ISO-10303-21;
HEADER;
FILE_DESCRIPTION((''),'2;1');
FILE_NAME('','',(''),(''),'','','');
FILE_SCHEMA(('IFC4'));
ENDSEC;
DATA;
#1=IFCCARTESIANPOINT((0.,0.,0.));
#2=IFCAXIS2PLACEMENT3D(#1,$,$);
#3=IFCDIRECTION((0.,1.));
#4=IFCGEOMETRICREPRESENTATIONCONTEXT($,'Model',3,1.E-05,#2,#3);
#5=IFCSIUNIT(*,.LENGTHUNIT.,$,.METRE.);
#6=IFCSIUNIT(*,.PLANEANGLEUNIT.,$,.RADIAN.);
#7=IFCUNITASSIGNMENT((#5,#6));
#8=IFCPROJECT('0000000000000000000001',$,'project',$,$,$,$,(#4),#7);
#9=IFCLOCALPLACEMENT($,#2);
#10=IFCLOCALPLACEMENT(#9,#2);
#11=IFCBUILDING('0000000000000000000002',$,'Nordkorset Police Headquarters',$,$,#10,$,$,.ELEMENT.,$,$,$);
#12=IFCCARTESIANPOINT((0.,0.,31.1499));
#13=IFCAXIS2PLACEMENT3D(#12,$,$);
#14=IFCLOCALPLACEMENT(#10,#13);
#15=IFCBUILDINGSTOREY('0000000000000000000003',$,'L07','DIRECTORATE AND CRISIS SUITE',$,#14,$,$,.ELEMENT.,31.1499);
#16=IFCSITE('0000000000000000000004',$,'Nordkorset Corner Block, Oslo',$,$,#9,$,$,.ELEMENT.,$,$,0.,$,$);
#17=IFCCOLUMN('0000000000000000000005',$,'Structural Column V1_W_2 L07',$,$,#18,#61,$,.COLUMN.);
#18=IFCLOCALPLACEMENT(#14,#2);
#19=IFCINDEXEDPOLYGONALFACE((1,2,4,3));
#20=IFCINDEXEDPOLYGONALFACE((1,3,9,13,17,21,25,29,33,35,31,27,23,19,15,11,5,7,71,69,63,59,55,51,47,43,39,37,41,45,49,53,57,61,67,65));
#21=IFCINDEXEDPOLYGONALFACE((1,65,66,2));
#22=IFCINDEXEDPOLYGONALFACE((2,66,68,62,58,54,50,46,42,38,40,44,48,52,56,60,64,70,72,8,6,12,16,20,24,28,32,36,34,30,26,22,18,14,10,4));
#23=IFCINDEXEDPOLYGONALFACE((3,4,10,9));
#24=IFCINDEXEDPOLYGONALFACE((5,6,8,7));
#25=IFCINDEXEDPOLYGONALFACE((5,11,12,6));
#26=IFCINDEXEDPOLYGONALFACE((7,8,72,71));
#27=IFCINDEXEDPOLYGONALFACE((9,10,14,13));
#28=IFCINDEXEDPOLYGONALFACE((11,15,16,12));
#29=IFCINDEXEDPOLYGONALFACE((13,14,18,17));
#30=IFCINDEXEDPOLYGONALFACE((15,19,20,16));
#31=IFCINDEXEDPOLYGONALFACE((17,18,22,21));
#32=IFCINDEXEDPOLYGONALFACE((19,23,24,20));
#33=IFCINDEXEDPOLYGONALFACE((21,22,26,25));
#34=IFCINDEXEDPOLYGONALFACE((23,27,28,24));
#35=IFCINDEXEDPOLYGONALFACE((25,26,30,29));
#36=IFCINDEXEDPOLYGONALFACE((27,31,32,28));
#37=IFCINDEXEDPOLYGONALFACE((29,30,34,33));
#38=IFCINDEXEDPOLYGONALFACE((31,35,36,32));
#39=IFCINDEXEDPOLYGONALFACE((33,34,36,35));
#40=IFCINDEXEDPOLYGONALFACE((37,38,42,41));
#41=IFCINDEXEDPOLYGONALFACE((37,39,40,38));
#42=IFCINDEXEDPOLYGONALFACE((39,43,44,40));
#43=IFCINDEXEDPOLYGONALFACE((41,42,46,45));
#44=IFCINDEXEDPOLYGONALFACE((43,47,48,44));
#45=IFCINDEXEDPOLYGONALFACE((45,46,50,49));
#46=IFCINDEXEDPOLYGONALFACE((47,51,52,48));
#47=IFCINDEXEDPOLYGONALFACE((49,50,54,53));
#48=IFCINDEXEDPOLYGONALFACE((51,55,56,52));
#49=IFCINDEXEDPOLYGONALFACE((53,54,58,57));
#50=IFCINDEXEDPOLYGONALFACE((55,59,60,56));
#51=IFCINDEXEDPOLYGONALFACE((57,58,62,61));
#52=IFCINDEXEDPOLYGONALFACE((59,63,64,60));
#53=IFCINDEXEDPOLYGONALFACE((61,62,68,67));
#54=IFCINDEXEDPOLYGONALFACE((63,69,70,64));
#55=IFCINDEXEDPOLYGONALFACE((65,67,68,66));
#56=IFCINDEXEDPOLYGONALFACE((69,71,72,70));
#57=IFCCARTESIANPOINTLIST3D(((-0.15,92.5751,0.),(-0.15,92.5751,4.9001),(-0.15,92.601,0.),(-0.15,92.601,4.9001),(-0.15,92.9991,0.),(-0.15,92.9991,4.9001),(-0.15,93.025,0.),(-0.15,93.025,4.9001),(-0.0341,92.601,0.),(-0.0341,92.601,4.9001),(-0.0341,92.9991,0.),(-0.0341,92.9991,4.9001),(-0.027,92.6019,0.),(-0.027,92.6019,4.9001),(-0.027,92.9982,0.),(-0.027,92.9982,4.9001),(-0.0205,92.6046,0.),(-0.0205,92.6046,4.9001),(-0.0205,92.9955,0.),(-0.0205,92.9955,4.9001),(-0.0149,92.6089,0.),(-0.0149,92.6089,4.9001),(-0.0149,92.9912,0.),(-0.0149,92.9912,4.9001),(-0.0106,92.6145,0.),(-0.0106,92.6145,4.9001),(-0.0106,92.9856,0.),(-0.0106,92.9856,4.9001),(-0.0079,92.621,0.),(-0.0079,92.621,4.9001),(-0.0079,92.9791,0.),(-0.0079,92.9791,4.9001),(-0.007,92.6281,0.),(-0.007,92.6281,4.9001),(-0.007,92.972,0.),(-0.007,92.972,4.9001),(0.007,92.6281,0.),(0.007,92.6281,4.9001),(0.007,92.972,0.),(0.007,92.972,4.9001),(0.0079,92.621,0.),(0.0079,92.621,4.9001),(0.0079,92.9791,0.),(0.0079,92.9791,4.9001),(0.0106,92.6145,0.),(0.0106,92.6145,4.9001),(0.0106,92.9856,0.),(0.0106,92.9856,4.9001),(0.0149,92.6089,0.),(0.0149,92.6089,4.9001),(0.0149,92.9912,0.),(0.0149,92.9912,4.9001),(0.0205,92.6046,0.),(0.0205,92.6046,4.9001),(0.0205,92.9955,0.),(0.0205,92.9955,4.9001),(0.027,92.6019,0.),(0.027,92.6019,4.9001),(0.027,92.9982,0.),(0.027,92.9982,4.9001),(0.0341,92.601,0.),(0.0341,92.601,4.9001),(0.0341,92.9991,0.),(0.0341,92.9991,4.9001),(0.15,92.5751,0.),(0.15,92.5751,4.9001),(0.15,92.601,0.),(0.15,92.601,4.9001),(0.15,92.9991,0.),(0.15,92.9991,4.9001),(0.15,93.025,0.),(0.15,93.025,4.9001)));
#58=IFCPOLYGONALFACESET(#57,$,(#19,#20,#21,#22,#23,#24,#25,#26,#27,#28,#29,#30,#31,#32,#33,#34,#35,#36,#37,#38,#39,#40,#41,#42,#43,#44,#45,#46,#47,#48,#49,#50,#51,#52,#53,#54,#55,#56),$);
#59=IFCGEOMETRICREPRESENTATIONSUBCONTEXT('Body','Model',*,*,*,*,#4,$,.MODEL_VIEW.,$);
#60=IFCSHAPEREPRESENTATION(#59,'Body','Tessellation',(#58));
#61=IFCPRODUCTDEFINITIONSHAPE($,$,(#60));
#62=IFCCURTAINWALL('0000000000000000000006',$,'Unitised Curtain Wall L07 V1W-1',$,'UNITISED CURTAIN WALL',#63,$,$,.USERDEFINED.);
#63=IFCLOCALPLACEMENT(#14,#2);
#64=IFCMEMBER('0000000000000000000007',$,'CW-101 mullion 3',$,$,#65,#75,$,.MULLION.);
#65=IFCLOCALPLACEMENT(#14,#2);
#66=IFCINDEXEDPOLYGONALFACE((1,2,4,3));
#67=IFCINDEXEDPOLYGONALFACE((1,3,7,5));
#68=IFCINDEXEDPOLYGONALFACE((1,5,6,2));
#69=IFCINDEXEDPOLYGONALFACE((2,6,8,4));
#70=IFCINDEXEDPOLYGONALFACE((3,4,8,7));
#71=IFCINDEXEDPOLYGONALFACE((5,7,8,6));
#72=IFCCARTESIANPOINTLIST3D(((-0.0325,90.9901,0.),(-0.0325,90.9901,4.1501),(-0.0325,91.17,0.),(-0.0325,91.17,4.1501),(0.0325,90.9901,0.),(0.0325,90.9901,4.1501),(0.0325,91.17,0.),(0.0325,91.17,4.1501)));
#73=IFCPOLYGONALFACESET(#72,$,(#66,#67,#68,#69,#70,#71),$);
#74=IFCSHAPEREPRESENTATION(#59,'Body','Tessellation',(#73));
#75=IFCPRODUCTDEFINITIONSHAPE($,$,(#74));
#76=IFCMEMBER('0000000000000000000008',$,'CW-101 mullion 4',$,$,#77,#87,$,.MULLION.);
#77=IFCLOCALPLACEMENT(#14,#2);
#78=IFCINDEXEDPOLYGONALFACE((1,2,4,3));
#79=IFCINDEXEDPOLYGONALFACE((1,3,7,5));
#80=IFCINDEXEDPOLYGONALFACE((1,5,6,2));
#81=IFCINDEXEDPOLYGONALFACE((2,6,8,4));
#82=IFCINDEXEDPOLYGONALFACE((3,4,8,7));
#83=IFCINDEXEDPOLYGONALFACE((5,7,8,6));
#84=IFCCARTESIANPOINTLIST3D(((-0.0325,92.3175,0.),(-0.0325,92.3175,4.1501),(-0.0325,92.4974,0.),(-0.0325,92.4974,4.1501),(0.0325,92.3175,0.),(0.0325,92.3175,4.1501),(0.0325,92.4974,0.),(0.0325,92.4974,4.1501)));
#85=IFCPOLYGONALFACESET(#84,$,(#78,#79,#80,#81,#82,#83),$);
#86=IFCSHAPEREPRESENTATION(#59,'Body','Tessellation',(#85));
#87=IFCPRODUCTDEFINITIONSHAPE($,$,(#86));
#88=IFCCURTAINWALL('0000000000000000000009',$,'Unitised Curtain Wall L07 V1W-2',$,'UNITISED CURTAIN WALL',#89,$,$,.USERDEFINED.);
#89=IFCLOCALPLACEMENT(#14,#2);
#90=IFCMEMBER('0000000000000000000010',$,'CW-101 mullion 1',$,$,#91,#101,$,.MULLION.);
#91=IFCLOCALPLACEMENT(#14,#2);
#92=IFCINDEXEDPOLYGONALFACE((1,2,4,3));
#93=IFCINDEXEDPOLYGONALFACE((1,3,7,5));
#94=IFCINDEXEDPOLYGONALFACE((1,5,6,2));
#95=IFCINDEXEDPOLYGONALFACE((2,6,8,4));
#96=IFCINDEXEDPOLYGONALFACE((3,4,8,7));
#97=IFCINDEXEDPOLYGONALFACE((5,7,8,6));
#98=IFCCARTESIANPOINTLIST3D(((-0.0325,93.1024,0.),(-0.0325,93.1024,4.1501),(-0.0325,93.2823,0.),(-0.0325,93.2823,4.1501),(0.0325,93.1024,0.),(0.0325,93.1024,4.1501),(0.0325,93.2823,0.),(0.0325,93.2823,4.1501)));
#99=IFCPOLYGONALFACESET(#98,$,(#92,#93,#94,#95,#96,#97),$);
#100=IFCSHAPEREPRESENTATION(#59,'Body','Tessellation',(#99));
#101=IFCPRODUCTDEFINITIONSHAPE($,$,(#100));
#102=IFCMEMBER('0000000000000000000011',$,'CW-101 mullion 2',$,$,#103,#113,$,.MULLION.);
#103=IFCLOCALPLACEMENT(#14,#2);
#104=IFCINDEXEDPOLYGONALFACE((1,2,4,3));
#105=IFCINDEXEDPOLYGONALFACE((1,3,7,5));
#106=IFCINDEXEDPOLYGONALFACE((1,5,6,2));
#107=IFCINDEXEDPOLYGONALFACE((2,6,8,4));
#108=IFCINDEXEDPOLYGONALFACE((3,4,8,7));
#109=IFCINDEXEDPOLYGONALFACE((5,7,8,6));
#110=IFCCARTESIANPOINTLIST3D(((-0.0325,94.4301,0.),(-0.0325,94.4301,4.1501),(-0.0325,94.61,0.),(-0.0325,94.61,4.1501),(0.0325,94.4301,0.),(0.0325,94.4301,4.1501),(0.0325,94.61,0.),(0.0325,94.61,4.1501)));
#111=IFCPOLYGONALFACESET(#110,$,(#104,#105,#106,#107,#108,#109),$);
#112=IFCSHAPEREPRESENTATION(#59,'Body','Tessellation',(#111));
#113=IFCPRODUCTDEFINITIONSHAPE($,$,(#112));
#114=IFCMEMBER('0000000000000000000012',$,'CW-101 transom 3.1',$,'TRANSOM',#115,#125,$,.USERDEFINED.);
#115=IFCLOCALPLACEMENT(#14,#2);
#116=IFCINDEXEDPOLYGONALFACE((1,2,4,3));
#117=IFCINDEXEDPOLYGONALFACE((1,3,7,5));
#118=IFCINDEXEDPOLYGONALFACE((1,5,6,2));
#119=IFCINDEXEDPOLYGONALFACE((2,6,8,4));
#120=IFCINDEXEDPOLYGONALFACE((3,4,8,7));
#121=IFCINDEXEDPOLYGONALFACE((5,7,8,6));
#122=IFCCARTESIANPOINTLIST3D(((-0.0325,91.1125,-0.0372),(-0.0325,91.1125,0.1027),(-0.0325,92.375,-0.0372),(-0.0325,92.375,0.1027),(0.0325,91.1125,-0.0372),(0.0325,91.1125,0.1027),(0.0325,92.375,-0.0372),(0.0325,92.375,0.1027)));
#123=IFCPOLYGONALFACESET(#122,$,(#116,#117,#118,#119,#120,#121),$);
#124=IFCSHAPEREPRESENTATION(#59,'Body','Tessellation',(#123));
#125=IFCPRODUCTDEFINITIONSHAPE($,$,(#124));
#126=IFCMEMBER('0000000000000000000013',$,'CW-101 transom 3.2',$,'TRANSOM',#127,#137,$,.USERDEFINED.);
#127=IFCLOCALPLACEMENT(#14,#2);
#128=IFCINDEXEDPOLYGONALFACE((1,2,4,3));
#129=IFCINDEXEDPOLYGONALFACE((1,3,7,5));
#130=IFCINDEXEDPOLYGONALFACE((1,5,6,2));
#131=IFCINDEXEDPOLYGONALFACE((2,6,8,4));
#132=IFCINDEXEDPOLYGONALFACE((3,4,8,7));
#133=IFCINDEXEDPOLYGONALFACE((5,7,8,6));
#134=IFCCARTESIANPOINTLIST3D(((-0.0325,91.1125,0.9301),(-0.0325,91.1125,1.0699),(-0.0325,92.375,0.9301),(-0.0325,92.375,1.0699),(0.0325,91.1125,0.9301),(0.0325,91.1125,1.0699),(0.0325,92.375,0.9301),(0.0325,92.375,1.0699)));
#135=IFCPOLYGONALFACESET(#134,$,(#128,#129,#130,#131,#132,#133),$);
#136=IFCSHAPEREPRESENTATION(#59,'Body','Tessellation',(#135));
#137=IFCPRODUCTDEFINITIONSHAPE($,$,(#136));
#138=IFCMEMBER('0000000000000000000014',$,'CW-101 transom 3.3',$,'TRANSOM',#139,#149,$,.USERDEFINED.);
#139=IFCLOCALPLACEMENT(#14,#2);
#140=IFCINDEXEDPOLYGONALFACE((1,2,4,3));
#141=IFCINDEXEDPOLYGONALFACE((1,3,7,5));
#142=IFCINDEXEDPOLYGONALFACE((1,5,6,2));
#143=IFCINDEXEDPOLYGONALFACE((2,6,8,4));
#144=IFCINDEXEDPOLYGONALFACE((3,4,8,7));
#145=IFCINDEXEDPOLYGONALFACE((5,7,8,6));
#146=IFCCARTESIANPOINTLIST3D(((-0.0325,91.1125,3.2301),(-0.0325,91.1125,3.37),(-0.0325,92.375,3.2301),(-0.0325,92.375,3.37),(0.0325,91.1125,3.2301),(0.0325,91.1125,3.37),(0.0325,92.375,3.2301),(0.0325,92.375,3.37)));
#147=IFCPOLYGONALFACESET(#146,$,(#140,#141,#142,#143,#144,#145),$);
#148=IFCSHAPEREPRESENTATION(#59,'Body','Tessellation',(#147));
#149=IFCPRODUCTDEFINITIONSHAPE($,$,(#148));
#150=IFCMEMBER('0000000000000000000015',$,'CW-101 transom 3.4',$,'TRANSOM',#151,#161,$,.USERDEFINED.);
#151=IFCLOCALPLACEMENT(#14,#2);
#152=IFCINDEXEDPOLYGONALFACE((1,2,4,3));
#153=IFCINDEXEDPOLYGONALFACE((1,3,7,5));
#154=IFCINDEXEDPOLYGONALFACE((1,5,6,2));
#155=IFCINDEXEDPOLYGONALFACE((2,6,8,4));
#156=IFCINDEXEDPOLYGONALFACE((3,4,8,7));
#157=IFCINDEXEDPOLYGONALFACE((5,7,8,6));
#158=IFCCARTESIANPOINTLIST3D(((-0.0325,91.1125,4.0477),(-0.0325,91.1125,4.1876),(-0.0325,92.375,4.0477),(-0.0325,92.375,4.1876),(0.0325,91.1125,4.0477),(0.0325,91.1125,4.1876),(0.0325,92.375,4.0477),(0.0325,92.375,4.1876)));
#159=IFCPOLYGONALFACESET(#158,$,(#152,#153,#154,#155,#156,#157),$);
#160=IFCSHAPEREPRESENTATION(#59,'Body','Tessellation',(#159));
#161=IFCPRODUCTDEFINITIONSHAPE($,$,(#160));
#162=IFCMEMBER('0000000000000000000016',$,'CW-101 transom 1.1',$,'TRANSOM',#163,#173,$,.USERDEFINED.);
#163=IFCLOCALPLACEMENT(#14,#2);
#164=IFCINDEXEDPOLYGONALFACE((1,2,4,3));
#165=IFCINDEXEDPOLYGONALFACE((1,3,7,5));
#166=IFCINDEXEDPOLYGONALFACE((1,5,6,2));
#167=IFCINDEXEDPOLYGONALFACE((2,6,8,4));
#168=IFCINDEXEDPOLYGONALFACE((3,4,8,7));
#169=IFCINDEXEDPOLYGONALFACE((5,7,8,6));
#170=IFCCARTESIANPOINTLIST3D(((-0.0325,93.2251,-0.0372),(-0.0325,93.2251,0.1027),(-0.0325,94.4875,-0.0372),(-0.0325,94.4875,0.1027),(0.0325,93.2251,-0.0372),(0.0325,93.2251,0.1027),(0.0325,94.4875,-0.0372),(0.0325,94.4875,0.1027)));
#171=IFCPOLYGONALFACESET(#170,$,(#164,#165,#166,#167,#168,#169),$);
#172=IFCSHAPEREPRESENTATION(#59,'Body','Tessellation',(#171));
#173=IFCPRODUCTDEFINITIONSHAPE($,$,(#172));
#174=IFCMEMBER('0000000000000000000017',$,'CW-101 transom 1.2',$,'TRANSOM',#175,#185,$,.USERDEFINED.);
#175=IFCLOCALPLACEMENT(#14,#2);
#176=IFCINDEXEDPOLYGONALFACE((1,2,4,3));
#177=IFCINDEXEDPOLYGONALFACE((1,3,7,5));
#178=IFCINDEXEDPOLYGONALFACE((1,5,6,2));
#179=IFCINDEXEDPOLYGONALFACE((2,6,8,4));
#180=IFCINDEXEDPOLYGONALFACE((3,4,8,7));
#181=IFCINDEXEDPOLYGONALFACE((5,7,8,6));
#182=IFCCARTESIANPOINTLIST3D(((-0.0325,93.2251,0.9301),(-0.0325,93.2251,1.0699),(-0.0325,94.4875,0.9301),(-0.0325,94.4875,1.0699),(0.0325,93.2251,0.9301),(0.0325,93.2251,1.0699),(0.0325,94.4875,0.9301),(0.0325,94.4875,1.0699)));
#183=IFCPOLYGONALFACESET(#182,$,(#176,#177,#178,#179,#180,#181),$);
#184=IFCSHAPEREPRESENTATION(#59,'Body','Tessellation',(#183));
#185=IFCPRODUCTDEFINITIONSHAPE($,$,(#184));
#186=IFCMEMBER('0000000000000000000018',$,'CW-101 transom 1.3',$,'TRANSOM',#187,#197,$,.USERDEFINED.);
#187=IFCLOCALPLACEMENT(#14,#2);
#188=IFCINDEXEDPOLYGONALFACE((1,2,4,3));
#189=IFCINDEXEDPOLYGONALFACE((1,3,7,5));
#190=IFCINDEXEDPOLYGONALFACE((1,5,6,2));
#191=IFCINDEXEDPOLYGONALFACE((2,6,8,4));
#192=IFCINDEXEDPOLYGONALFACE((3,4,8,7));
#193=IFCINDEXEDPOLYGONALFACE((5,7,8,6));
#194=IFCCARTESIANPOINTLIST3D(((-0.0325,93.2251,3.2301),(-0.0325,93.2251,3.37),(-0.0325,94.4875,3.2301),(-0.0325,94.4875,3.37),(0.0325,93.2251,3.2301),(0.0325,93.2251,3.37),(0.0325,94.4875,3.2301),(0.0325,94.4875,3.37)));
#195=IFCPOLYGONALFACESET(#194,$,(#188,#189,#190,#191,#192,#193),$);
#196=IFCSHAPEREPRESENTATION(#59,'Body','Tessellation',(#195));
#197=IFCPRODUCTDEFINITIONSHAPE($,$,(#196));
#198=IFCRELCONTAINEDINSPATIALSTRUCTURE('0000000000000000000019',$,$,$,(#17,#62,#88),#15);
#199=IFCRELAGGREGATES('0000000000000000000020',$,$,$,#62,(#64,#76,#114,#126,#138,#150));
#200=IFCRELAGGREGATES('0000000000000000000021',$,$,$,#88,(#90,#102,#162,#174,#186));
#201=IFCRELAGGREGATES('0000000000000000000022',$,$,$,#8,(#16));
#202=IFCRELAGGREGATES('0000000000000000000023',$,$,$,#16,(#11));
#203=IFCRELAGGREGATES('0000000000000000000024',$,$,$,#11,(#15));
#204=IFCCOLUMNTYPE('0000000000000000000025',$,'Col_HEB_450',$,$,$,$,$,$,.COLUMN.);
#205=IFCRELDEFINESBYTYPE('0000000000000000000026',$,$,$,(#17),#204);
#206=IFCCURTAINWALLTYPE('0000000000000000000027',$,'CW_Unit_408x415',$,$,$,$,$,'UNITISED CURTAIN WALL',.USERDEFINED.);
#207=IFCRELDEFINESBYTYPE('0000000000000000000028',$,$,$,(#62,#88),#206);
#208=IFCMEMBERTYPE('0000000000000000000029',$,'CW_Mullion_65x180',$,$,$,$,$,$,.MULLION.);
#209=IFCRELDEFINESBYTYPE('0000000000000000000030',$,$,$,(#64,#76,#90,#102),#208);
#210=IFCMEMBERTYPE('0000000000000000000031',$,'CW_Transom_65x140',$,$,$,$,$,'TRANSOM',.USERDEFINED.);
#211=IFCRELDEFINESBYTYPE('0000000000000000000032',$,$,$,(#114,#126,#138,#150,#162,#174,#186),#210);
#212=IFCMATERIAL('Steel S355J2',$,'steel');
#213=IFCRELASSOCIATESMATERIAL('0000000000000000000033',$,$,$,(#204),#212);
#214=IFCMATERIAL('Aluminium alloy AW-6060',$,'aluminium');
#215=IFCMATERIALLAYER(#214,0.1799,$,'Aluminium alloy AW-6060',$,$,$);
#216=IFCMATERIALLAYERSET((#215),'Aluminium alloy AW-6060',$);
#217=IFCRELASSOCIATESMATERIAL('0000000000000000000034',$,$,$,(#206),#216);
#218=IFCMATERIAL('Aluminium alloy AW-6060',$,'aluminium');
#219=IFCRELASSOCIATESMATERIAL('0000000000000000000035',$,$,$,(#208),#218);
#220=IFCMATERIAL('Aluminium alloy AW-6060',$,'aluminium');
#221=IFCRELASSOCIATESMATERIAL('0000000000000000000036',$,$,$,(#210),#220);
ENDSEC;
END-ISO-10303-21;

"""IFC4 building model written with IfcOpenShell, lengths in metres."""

from ifc_helpers import new_model, si_unit, direction, frame, origin, origin_2d, place, context, subcontext, project, spatial, rectangle, i_section, extrude, material, layer, layer_set, material_profile, profile_set, type_object, element, aggregate, save


model = new_model("IFC4")

# Units and contexts
model_context = context("Model", 3, precision=1e-05, world=origin(), true_north=direction((0.0, 1.0)))
body_context = subcontext(model_context, "Body", "Model", "MODEL_VIEW")
ifc_project = project(units=[si_unit("LENGTHUNIT", "METRE"), si_unit("PLANEANGLEUNIT", "RADIAN")], contexts=[model_context])

# Site, building, storey
site_placement = place(None, origin())
site = spatial("IfcSite", under=ifc_project, at=site_placement, Name="Nordkorset Corner Block, Oslo", CompositionType="ELEMENT", RefElevation=0.0)
building_placement = place(site_placement, origin())
building = spatial("IfcBuilding", under=site, at=building_placement, Name="Nordkorset Police Headquarters", CompositionType="ELEMENT")
storey_placement = place(building_placement, frame((0.0, 0.0, 31.1499)))
storey = spatial("IfcBuildingStorey", under=building, at=storey_placement, Name="L07", Description="DIRECTORATE AND CRISIS SUITE", CompositionType="ELEMENT", Elevation=31.1499)

# Column
ifc_material_1 = material(Name="Steel S355J2", Category="steel")
ifc_material_profile_1 = material_profile(ifc_material_1, i_section(OverallWidth=0.3, OverallDepth=0.45, WebThickness=0.0139, FlangeThickness=0.0259, FilletRadius=0.0271, at=origin_2d()), Name="HEB 450")
ifc_profile_set_1 = profile_set([ifc_material_profile_1], Name="Steel S355J2")
column_type = type_object("IfcColumnType", Name="Col_HEB_450", PredefinedType="COLUMN", material=ifc_profile_set_1)
column_placement = place(storey_placement, frame((0.0, 92.8, 0.0), z_axis=(0.0, 0.0, 1.0), x_axis=(1.0, 0.0, 0.0)))
element("IfcColumn", 1, at=column_placement, inside=storey, type_object=column_type, Name="Structural Column V1_W_2 L07", PredefinedType="COLUMN", context=body_context, shape_type="SweptSolid", body=[
    extrude(i_section(OverallWidth=0.3, OverallDepth=0.45, WebThickness=0.0139, FlangeThickness=0.0259, FilletRadius=0.0271, at=origin_2d()), origin(), (0.0, 0.0, 1.0), 4.9001),
])

# Curtain walls, members
ifc_material_2 = material(Name="Aluminium alloy AW-6060", Category="aluminium")
ifc_layer_1 = layer(ifc_material_2, 0.1799, Name="Aluminium alloy AW-6060")
ifc_layer_set_1 = layer_set([ifc_layer_1], Name="Aluminium alloy AW-6060")
curtain_wall_type = type_object("IfcCurtainWallType", Name="CW_Unit_408x415", ElementType="UNITISED CURTAIN WALL", PredefinedType="USERDEFINED", material=ifc_layer_set_1)
curtain_wall_1_placement = place(storey_placement, origin())
curtain_wall_1 = element("IfcCurtainWall", 2, at=curtain_wall_1_placement, inside=storey, type_object=curtain_wall_type, Name="Unitised Curtain Wall L07 V1W-1", ObjectType="UNITISED CURTAIN WALL", PredefinedType="USERDEFINED")
ifc_material_3 = material(Name="Aluminium alloy AW-6060", Category="aluminium")
ifc_material_profile_2 = material_profile(ifc_material_3, rectangle(XDim=0.0649, YDim=0.1799, at=origin_2d()), Name="ALU MULL 65x180")
ifc_profile_set_2 = profile_set([ifc_material_profile_2], Name="Aluminium alloy AW-6060")
member_type_1 = type_object("IfcMemberType", Name="CW_Mullion_65x180", PredefinedType="MULLION", material=ifc_profile_set_2)
member_1_placement = place(storey_placement, frame((0.0, 91.0801, 0.0), z_axis=(0.0, 0.0, 1.0), x_axis=(-1.0, 0.0, 0.0)))
member_1 = element("IfcMember", 3, at=member_1_placement, type_object=member_type_1, Name="CW-101 mullion 3", PredefinedType="MULLION", context=body_context, shape_type="SweptSolid", body=[
    extrude(rectangle(XDim=0.0649, YDim=0.1799, at=origin_2d()), origin(), (0.0, 0.0, 1.0), 4.1501),
])
member_2_placement = place(storey_placement, frame((0.0, 92.4075, 0.0), z_axis=(0.0, 0.0, 1.0), x_axis=(-1.0, 0.0, 0.0)))
member_2 = element("IfcMember", 4, at=member_2_placement, type_object=member_type_1, Name="CW-101 mullion 4", PredefinedType="MULLION", context=body_context, shape_type="SweptSolid", body=[
    extrude(rectangle(XDim=0.0649, YDim=0.1799, at=origin_2d()), origin(), (0.0, 0.0, 1.0), 4.1501),
])
curtain_wall_2_placement = place(storey_placement, origin())
curtain_wall_2 = element("IfcCurtainWall", 5, at=curtain_wall_2_placement, inside=storey, type_object=curtain_wall_type, Name="Unitised Curtain Wall L07 V1W-2", ObjectType="UNITISED CURTAIN WALL", PredefinedType="USERDEFINED")
member_3_placement = place(storey_placement, frame((0.0, 93.1924, 0.0), z_axis=(0.0, 0.0, 1.0), x_axis=(-1.0, 0.0, 0.0)))
member_3 = element("IfcMember", 6, at=member_3_placement, type_object=member_type_1, Name="CW-101 mullion 1", PredefinedType="MULLION", context=body_context, shape_type="SweptSolid", body=[
    extrude(rectangle(XDim=0.0649, YDim=0.1799, at=origin_2d()), origin(), (0.0, 0.0, 1.0), 4.1501),
])
member_4_placement = place(storey_placement, frame((0.0, 94.52, 0.0), z_axis=(0.0, 0.0, 1.0), x_axis=(-1.0, 0.0, 0.0)))
member_4 = element("IfcMember", 7, at=member_4_placement, type_object=member_type_1, Name="CW-101 mullion 2", PredefinedType="MULLION", context=body_context, shape_type="SweptSolid", body=[
    extrude(rectangle(XDim=0.0649, YDim=0.1799, at=origin_2d()), origin(), (0.0, 0.0, 1.0), 4.1501),
])

# Members
ifc_material_4 = material(Name="Aluminium alloy AW-6060", Category="aluminium")
ifc_material_profile_3 = material_profile(ifc_material_4, rectangle(XDim=0.0649, YDim=0.1399, at=origin_2d()), Name="ALU TRAN 65x140")
ifc_profile_set_3 = profile_set([ifc_material_profile_3], Name="Aluminium alloy AW-6060")
member_type_2 = type_object("IfcMemberType", Name="CW_Transom_65x140", ElementType="TRANSOM", PredefinedType="USERDEFINED", material=ifc_profile_set_3)
member_5_placement = place(storey_placement, frame((0.0, 91.1125, 0.0327), z_axis=(0.0, 1.0, 0.0), x_axis=(-1.0, 0.0, 0.0)))
member_5 = element("IfcMember", 8, at=member_5_placement, type_object=member_type_2, Name="CW-101 transom 3.1", ObjectType="TRANSOM", PredefinedType="USERDEFINED", context=body_context, shape_type="SweptSolid", body=[
    extrude(rectangle(XDim=0.0649, YDim=0.1399, at=origin_2d()), origin(), (0.0, 0.0, 1.0), 1.2625),
])
member_6_placement = place(storey_placement, frame((0.0, 91.1125, 1.0), z_axis=(0.0, 1.0, 0.0), x_axis=(-1.0, 0.0, 0.0)))
member_6 = element("IfcMember", 9, at=member_6_placement, type_object=member_type_2, Name="CW-101 transom 3.2", ObjectType="TRANSOM", PredefinedType="USERDEFINED", context=body_context, shape_type="SweptSolid", body=[
    extrude(rectangle(XDim=0.0649, YDim=0.1399, at=origin_2d()), origin(), (0.0, 0.0, 1.0), 1.2625),
])
member_7_placement = place(storey_placement, frame((0.0, 91.1125, 3.3), z_axis=(0.0, 1.0, 0.0), x_axis=(-1.0, 0.0, 0.0)))
member_7 = element("IfcMember", 10, at=member_7_placement, type_object=member_type_2, Name="CW-101 transom 3.3", ObjectType="TRANSOM", PredefinedType="USERDEFINED", context=body_context, shape_type="SweptSolid", body=[
    extrude(rectangle(XDim=0.0649, YDim=0.1399, at=origin_2d()), origin(), (0.0, 0.0, 1.0), 1.2625),
])
member_8_placement = place(storey_placement, frame((0.0, 91.1125, 4.1177), z_axis=(0.0, 1.0, 0.0), x_axis=(-1.0, 0.0, 0.0)))
member_8 = element("IfcMember", 11, at=member_8_placement, type_object=member_type_2, Name="CW-101 transom 3.4", ObjectType="TRANSOM", PredefinedType="USERDEFINED", context=body_context, shape_type="SweptSolid", body=[
    extrude(rectangle(XDim=0.0649, YDim=0.1399, at=origin_2d()), origin(), (0.0, 0.0, 1.0), 1.2625),
])
member_9_placement = place(storey_placement, frame((0.0, 93.2251, 0.0327), z_axis=(0.0, 1.0, 0.0), x_axis=(-1.0, 0.0, 0.0)))
member_9 = element("IfcMember", 12, at=member_9_placement, type_object=member_type_2, Name="CW-101 transom 1.1", ObjectType="TRANSOM", PredefinedType="USERDEFINED", context=body_context, shape_type="SweptSolid", body=[
    extrude(rectangle(XDim=0.0649, YDim=0.1399, at=origin_2d()), origin(), (0.0, 0.0, 1.0), 1.2625),
])
member_10_placement = place(storey_placement, frame((0.0, 93.2251, 1.0), z_axis=(0.0, 1.0, 0.0), x_axis=(-1.0, 0.0, 0.0)))
member_10 = element("IfcMember", 13, at=member_10_placement, type_object=member_type_2, Name="CW-101 transom 1.2", ObjectType="TRANSOM", PredefinedType="USERDEFINED", context=body_context, shape_type="SweptSolid", body=[
    extrude(rectangle(XDim=0.0649, YDim=0.1399, at=origin_2d()), origin(), (0.0, 0.0, 1.0), 1.2625),
])
member_11_placement = place(storey_placement, frame((0.0, 93.2251, 3.3), z_axis=(0.0, 1.0, 0.0), x_axis=(-1.0, 0.0, 0.0)))
member_11 = element("IfcMember", 14, at=member_11_placement, type_object=member_type_2, Name="CW-101 transom 1.3", ObjectType="TRANSOM", PredefinedType="USERDEFINED", context=body_context, shape_type="SweptSolid", body=[
    extrude(rectangle(XDim=0.0649, YDim=0.1399, at=origin_2d()), origin(), (0.0, 0.0, 1.0), 1.2625),
])

aggregate(curtain_wall_1, [member_1, member_2, member_5, member_6, member_7, member_8])
aggregate(curtain_wall_2, [member_3, member_4, member_9, member_10, member_11])

save(model, "model.ifc")
